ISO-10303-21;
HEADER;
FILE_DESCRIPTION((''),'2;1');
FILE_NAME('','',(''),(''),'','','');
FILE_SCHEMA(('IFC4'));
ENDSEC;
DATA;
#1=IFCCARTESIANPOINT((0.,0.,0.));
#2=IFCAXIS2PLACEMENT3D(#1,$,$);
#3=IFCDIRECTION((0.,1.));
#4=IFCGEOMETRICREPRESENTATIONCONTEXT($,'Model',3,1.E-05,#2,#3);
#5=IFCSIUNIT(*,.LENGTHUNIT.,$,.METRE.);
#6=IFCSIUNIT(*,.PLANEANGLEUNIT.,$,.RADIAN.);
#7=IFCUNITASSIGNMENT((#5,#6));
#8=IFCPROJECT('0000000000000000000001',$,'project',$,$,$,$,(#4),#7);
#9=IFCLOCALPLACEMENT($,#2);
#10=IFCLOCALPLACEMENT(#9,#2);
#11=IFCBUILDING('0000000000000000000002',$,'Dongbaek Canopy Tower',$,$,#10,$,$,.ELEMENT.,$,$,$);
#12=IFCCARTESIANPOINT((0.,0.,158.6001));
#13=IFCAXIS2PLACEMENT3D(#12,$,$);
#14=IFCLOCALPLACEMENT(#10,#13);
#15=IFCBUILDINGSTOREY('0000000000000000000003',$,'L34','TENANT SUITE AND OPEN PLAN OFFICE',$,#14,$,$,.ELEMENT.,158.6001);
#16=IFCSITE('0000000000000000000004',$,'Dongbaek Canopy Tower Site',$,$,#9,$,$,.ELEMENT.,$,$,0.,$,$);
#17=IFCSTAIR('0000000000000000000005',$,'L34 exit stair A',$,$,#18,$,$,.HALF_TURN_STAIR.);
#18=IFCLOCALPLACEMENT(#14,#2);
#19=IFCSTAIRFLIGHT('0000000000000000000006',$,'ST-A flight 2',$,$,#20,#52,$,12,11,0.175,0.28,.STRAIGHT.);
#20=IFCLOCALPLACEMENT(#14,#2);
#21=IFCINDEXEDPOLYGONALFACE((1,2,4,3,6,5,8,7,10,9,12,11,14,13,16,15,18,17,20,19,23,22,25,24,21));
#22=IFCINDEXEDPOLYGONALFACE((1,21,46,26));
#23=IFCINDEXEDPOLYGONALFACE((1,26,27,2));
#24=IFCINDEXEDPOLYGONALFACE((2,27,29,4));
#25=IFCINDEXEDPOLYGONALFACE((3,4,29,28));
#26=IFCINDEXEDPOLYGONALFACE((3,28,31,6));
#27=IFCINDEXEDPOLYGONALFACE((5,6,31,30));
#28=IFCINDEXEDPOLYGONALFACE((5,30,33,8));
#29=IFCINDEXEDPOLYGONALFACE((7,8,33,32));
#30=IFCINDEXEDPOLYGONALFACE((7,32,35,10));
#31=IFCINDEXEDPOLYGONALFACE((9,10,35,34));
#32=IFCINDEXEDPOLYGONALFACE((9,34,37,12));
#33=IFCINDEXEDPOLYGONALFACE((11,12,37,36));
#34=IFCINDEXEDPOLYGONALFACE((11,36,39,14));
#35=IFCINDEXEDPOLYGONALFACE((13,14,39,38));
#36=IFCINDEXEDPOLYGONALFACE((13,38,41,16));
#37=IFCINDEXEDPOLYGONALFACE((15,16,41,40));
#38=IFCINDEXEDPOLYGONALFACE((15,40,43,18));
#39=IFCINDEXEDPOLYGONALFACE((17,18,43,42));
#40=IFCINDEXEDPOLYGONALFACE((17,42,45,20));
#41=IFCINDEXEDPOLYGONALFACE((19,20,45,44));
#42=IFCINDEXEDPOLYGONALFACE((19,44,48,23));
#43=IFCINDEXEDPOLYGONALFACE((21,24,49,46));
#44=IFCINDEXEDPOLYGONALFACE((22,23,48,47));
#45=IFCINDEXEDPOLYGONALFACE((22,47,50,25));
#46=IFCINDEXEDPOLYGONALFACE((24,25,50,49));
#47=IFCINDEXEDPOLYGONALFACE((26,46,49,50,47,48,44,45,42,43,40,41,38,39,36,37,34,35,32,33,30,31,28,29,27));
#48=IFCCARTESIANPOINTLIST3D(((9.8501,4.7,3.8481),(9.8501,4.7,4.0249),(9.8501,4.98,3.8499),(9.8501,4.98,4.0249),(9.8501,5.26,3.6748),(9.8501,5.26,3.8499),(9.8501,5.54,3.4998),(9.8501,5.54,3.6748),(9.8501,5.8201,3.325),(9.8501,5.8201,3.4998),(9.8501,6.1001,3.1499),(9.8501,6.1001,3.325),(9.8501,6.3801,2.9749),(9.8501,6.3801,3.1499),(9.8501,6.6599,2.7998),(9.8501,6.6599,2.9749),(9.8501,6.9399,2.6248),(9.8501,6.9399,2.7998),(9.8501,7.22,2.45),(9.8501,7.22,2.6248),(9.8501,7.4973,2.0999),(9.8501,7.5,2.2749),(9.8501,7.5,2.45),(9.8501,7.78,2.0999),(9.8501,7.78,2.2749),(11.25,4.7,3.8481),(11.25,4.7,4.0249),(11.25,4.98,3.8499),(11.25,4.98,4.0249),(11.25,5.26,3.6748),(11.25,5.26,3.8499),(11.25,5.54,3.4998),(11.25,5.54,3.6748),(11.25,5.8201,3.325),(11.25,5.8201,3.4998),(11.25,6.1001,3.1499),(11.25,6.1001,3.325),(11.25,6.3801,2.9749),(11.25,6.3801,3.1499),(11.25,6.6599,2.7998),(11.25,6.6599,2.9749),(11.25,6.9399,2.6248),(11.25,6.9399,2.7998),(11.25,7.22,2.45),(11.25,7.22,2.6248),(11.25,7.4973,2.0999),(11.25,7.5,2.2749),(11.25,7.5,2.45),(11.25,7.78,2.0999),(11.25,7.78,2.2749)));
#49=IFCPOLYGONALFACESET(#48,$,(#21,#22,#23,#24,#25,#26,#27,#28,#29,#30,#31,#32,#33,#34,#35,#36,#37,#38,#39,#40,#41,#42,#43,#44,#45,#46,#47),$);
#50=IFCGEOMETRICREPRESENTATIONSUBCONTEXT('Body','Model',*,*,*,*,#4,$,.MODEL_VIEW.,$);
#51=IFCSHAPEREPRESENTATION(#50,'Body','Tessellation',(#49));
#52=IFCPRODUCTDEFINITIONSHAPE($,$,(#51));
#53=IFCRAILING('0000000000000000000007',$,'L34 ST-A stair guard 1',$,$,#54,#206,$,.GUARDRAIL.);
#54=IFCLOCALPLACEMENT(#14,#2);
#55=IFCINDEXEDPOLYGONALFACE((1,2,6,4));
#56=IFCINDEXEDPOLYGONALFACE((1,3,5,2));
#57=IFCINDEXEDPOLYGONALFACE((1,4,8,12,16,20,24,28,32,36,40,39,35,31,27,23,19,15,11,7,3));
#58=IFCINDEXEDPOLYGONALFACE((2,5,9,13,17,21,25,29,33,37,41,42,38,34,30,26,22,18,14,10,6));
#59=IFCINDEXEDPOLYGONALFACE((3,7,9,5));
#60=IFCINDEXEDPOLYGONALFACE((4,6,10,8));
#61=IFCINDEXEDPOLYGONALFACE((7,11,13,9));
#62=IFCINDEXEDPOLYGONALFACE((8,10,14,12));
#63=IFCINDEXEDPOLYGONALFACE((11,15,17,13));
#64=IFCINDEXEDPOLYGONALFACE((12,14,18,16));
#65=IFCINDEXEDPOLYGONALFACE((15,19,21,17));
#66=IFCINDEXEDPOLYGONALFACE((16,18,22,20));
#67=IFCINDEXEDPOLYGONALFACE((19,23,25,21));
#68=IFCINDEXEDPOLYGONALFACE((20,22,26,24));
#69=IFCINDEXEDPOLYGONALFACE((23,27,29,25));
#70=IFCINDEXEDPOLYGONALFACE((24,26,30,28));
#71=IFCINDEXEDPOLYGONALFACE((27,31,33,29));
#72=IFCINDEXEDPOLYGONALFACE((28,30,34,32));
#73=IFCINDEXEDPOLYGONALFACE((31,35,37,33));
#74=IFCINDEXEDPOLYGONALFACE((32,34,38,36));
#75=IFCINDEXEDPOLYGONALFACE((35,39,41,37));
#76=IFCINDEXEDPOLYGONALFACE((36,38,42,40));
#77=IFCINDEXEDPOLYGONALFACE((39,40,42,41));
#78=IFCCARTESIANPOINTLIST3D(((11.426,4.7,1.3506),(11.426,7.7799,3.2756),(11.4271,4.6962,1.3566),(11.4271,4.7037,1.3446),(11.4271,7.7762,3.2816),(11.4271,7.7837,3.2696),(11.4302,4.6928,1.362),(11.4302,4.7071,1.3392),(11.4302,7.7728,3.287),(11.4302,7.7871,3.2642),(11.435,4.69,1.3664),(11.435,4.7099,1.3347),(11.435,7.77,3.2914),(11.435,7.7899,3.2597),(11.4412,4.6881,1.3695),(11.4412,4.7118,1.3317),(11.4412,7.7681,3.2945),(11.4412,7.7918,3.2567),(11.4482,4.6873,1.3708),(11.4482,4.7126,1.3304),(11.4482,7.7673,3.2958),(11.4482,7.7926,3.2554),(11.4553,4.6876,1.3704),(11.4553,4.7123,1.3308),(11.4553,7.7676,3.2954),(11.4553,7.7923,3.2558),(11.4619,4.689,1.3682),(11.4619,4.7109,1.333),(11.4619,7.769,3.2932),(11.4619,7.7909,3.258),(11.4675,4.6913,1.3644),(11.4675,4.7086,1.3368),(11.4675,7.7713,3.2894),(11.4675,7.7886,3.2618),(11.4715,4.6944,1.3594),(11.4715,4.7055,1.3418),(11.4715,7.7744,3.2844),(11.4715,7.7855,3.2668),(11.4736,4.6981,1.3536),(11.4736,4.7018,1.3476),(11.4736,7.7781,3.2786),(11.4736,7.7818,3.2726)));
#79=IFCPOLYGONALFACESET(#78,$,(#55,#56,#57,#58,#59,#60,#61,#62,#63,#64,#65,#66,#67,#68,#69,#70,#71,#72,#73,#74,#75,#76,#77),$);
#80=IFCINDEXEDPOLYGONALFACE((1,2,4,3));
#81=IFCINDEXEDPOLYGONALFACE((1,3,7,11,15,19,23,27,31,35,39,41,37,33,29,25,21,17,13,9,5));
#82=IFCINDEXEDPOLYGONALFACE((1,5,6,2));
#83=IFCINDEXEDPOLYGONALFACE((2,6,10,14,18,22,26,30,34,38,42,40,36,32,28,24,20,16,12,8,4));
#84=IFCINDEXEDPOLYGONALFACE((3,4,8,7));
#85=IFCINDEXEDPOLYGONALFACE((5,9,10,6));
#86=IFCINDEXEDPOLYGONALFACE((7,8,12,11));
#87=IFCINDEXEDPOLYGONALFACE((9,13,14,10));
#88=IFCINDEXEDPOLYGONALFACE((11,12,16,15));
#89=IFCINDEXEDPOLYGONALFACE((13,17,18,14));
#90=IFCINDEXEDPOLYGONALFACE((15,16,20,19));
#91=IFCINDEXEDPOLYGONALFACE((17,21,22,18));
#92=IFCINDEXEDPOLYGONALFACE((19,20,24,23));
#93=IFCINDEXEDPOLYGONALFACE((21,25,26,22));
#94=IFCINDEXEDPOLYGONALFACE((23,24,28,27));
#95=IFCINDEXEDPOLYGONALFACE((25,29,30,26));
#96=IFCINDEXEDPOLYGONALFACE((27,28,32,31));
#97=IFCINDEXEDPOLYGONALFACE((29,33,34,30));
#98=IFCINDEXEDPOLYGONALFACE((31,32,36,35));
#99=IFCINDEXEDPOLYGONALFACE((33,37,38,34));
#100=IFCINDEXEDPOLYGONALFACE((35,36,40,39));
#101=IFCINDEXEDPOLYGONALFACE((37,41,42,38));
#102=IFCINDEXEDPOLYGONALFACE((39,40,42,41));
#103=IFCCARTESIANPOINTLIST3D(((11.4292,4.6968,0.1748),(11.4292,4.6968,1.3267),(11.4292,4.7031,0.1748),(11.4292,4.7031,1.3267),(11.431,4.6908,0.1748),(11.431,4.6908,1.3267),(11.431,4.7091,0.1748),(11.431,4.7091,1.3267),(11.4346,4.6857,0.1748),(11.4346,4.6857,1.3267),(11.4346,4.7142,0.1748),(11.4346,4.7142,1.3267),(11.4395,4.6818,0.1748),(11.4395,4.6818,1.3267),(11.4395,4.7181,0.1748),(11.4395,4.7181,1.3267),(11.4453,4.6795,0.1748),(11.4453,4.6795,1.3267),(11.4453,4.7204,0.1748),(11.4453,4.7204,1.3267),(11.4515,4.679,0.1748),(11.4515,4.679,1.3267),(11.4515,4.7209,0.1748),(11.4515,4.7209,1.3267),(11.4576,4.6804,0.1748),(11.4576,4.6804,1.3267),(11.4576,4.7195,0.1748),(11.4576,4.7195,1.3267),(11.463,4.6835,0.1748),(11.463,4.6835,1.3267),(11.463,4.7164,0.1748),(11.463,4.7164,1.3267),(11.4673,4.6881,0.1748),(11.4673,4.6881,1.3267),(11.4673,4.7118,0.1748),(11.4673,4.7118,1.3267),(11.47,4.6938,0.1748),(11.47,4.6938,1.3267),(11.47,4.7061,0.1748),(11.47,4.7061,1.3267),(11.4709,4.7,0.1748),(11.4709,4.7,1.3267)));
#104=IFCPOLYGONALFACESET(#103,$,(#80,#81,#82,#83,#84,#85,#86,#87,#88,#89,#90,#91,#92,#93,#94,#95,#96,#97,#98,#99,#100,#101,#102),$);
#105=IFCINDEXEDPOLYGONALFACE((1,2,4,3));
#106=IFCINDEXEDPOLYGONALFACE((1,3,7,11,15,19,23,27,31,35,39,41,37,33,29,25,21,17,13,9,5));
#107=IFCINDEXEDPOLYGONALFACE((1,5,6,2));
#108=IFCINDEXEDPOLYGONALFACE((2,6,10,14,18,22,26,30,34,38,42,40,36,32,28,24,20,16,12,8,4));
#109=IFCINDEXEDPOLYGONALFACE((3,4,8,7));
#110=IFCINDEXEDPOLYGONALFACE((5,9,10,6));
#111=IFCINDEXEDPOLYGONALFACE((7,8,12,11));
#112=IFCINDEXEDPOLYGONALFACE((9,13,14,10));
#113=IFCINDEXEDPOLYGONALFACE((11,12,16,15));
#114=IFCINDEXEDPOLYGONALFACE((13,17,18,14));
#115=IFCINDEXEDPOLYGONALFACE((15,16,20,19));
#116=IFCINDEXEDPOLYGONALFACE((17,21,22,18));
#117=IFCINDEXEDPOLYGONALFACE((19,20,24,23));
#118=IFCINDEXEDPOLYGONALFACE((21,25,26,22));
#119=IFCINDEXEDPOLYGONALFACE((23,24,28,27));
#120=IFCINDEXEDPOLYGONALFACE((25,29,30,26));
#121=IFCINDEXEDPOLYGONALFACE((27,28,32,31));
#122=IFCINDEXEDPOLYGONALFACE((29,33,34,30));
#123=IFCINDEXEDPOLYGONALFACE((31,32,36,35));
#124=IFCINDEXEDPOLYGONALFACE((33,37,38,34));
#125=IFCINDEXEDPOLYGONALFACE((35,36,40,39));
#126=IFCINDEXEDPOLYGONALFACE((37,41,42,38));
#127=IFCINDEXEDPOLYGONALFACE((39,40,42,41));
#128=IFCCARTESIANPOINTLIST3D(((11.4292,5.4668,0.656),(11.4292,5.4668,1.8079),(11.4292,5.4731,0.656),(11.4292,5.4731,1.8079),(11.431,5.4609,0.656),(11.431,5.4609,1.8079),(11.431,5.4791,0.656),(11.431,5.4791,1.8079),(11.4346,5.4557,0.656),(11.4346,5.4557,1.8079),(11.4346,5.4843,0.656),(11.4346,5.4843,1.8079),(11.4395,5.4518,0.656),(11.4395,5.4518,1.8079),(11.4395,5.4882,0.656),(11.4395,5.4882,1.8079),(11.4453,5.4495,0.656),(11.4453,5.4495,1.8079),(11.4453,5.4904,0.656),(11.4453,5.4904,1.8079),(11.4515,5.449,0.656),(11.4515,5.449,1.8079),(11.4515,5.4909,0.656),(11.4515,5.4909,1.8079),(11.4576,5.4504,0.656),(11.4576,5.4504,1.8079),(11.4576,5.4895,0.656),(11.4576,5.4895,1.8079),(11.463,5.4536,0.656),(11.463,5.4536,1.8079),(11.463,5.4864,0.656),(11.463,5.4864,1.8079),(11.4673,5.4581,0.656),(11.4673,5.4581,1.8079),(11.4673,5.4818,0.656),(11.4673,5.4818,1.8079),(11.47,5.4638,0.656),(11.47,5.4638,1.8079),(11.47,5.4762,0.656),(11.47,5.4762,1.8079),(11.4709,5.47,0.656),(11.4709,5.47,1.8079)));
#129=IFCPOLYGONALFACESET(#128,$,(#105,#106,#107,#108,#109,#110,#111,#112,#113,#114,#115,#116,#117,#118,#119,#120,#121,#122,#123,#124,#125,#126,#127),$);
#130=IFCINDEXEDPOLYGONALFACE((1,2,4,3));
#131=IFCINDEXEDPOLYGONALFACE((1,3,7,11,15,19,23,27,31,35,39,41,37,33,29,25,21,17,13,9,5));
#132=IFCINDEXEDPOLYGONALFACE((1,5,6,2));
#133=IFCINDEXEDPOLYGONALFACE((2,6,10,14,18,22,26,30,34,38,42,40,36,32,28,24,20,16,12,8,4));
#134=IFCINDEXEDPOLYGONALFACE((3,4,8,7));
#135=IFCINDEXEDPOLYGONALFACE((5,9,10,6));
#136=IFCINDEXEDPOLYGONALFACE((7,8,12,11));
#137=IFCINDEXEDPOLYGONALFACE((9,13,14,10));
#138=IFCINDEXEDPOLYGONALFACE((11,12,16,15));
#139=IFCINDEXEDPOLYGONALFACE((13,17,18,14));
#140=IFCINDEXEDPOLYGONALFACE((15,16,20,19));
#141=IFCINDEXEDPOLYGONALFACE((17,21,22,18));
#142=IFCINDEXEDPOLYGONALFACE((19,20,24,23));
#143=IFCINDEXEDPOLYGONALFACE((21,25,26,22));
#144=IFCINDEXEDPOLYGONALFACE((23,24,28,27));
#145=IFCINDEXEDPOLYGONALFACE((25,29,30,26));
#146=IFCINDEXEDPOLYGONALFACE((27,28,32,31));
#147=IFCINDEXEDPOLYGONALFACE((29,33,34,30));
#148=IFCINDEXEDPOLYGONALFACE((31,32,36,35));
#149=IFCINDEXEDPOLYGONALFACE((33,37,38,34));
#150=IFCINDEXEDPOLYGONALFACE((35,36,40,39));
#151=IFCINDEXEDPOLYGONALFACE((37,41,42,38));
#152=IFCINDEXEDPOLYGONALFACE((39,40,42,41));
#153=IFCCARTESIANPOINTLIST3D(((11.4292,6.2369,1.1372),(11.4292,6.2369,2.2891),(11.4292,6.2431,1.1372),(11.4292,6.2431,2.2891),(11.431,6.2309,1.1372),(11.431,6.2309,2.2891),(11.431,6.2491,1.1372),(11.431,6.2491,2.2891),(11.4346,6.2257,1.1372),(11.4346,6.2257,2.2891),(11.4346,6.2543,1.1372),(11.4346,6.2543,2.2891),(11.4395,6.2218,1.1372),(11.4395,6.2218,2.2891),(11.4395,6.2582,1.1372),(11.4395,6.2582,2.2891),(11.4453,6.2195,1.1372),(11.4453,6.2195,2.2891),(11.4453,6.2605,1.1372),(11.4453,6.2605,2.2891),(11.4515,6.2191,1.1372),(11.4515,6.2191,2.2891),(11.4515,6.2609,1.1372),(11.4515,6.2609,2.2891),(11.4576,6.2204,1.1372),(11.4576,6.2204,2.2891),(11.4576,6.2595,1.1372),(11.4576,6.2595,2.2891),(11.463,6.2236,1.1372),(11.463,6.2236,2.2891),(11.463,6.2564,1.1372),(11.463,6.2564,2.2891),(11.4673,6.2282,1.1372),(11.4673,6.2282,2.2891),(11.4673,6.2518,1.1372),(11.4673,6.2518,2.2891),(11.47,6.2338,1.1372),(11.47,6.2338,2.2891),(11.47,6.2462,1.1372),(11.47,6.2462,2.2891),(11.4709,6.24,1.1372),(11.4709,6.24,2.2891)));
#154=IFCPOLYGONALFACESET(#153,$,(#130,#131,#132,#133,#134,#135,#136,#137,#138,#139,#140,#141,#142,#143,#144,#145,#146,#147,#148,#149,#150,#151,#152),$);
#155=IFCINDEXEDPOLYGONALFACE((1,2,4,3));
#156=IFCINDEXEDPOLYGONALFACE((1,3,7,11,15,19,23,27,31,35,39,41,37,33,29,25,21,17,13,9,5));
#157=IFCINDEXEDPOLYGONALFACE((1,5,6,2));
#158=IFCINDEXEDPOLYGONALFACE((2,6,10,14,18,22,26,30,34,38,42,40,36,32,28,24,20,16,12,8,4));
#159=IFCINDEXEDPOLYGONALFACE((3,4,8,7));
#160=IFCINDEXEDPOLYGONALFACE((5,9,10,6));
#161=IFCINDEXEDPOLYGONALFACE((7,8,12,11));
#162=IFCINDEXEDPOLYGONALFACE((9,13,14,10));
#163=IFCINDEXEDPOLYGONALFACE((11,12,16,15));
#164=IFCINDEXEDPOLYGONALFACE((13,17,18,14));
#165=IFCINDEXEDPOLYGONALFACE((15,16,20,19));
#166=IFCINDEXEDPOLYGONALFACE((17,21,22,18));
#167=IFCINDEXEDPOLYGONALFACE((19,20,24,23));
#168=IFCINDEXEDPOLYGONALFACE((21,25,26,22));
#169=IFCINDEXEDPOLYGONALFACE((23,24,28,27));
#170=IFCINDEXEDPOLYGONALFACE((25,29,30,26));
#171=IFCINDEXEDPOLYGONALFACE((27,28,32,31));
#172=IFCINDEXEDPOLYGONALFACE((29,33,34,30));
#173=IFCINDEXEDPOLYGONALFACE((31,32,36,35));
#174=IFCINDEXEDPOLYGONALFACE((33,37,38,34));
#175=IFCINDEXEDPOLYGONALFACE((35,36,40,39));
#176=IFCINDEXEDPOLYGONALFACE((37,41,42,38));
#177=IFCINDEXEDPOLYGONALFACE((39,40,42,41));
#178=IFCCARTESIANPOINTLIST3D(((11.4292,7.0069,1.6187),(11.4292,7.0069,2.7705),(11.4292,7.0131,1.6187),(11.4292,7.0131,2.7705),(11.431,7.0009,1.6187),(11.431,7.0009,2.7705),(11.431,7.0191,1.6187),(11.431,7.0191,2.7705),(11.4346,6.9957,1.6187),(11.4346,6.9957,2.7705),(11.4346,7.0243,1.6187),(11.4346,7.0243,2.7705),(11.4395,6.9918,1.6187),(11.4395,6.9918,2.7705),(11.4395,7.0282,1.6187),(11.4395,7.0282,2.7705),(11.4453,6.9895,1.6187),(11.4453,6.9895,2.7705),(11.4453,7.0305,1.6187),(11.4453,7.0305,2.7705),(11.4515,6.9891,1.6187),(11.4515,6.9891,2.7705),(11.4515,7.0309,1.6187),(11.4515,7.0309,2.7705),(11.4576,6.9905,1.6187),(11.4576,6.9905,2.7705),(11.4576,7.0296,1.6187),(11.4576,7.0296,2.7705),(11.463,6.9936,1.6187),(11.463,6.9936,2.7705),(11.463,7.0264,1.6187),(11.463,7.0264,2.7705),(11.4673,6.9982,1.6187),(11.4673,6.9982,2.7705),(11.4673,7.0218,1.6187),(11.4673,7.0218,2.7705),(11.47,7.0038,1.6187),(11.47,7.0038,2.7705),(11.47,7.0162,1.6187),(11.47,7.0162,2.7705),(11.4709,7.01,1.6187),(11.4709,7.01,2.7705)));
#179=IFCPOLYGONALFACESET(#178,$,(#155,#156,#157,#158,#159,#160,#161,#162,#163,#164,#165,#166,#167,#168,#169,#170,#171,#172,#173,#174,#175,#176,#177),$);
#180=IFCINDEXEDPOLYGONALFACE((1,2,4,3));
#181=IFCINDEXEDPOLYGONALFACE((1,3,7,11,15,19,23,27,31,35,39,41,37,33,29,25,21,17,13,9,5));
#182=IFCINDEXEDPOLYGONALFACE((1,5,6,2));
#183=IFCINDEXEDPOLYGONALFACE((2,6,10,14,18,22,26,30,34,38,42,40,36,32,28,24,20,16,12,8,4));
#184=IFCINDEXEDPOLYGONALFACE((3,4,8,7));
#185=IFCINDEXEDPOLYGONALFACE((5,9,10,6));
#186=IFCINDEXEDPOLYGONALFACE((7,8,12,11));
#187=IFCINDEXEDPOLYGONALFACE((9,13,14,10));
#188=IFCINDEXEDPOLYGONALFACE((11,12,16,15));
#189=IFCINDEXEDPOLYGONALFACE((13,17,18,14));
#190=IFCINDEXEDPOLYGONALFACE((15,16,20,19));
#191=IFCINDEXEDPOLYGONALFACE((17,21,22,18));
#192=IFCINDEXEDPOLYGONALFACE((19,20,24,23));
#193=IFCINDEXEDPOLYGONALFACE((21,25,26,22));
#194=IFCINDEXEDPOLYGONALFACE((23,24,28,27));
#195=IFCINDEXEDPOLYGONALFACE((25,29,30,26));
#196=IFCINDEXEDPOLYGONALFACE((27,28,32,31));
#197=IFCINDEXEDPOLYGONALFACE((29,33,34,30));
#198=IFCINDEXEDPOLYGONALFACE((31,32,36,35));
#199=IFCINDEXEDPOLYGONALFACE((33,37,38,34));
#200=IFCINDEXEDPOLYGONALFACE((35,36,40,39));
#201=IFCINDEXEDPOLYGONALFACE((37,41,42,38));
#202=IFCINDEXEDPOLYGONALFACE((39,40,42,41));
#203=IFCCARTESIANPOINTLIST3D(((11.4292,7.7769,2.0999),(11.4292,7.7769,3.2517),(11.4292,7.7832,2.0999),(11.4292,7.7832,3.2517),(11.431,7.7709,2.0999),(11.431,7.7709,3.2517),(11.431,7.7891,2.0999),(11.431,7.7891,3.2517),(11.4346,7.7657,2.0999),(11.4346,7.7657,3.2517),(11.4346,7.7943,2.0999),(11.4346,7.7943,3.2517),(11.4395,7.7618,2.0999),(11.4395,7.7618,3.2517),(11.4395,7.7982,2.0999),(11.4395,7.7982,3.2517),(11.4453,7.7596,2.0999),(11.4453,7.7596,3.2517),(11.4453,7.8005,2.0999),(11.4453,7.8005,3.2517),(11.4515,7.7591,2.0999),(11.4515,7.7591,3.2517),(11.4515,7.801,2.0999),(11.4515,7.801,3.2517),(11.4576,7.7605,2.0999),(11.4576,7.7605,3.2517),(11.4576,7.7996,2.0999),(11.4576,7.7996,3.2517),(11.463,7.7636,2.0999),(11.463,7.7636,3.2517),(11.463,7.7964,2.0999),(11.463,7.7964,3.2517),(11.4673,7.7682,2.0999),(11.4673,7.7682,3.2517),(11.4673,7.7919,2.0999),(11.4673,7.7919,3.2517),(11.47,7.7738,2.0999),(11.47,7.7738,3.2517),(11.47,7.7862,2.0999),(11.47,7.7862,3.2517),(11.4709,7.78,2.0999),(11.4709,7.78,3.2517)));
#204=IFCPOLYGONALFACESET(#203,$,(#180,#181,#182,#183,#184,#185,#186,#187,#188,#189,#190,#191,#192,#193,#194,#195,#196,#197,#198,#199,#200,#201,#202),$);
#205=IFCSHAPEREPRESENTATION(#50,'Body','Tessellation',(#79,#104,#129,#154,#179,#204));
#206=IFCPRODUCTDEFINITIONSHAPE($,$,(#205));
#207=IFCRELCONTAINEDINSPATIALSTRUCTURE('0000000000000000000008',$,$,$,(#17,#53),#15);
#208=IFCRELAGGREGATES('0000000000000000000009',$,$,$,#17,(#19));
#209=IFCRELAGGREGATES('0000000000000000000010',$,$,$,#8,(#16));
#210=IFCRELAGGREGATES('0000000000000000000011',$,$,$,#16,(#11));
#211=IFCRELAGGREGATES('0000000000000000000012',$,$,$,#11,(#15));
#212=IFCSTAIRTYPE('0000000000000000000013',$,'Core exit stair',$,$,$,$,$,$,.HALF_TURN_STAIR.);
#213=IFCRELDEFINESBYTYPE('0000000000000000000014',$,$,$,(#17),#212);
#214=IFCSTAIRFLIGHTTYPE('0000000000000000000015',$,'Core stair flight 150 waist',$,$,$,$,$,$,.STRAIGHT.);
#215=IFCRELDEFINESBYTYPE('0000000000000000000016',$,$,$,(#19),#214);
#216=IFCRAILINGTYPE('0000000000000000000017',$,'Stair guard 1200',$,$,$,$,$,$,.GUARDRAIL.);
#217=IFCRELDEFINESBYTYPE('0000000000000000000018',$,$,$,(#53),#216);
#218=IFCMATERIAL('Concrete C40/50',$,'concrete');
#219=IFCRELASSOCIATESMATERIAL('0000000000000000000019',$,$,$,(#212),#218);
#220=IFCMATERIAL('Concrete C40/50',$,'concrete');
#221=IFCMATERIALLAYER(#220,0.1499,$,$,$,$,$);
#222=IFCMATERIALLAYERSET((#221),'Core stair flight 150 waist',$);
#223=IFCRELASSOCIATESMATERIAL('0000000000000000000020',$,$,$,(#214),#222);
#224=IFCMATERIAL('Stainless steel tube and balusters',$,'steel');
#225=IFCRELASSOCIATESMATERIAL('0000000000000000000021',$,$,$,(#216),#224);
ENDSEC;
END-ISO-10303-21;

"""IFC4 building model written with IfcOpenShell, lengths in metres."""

from ifc_helpers import new_model, si_unit, direction, frame, origin, origin_2d, place, context, subcontext, project, spatial, polyline, circle, outline, extrude, material, layer, layer_set, type_object, element, aggregate, save


model = new_model("IFC4")

# Units and contexts
model_context = context("Model", 3, precision=1e-05, world=origin(), true_north=direction((0.0, 1.0)))
body_context = subcontext(model_context, "Body", "Model", "MODEL_VIEW")
ifc_project = project(units=[si_unit("LENGTHUNIT", "METRE"), si_unit("PLANEANGLEUNIT", "RADIAN")], contexts=[model_context])

# Site, building, storey
site_placement = place(None, origin())
site = spatial("IfcSite", under=ifc_project, at=site_placement, Name="Dongbaek Canopy Tower Site", CompositionType="ELEMENT", RefElevation=0.0)
building_placement = place(site_placement, origin())
building = spatial("IfcBuilding", under=site, at=building_placement, Name="Dongbaek Canopy Tower", CompositionType="ELEMENT")
storey_placement = place(building_placement, frame((0.0, 0.0, 158.6001)))
storey = spatial("IfcBuildingStorey", under=building, at=storey_placement, Name="L34", Description="TENANT SUITE AND OPEN PLAN OFFICE", CompositionType="ELEMENT", Elevation=158.6001)

# Shared definitions
ifc_material_1 = material(Name="Concrete C40/50", Category="concrete")
stair_type = type_object("IfcStairType", Name="Core exit stair", PredefinedType="HALF_TURN_STAIR", material=ifc_material_1)

# Stair, stair flight
stair_1_placement = place(storey_placement, origin())
stair_1 = element("IfcStair", 1, at=stair_1_placement, inside=storey, type_object=stair_type, Name="L34 exit stair A", PredefinedType="HALF_TURN_STAIR")
ifc_material_2 = material(Name="Concrete C40/50", Category="concrete")
ifc_layer_1 = layer(ifc_material_2, 0.1499)
ifc_layer_set_1 = layer_set([ifc_layer_1], Name="Core stair flight 150 waist")
stair_flight_type = type_object("IfcStairFlightType", Name="Core stair flight 150 waist", PredefinedType="STRAIGHT", material=ifc_layer_set_1)
stair_flight_placement = place(storey_placement, frame((10.55, 7.78, 2.0999), z_axis=(0.0, 0.0, 1.0), x_axis=(0.0, -1.0, 0.0)))
stair_flight = element("IfcStairFlight", 2, at=stair_flight_placement, type_object=stair_flight_type, Name="ST-A flight 2", NumberOfRisers=12, NumberOfTreads=11, PredefinedType="STRAIGHT", RiserHeight=0.175, TreadLength=0.28, context=body_context, shape_type="SweptSolid", body=[
    extrude(outline(polyline([(0.0, 0.0), (0.0, 0.175), (0.28, 0.175), (0.28, 0.3501), (0.5601, 0.3501), (0.5601, 0.5249), (0.8401, 0.5249), (0.8401, 0.7), (1.1201, 0.7), (1.1201, 0.875), (1.3999, 0.875), (1.3999, 1.05), (1.6799, 1.05), (1.6799, 1.2251), (1.96, 1.2251), (1.96, 1.3999), (2.24, 1.3999), (2.24, 1.575), (2.52, 1.575), (2.52, 1.75), (2.8, 1.75), (2.8, 1.925), (3.0801, 1.925), (3.0801, 2.1001), (3.0801, 1.7483), (0.2827, 0.0), (0.0, 0.0)])), frame((0.0, 0.7, 0.0), z_axis=(0.0, -1.0, 0.0), x_axis=(1.0, 0.0, 0.0)), (0.0, 0.0, 1.0), 1.3999),
])
aggregate(stair_1, [stair_flight])

# Railing
ifc_material_3 = material(Name="Stainless steel tube and balusters", Category="steel")
railing_type_1 = type_object("IfcRailingType", Name="Stair guard 1200", PredefinedType="GUARDRAIL", material=ifc_material_3)
railing_1_placement = place(storey_placement, frame((11.45, 4.7, 0.1748)))
element("IfcRailing", 3, at=railing_1_placement, inside=storey, type_object=railing_type_1, Name="L34 ST-A stair guard 1", PredefinedType="GUARDRAIL", context=body_context, shape_type="SweptSolid", body=[
    extrude(circle(Radius=0.0239, at=origin_2d()), frame((0.0, 0.0, 1.1758), z_axis=(0.0, 0.847998, 0.529999), x_axis=(-1.0, 0.0, 0.0)), (0.0, 0.0, 1.0), 3.6321),
    extrude(circle(Radius=0.021, at=origin_2d()), origin(), (0.0, 0.0, 1.0), 1.1519),
    extrude(circle(Radius=0.021, at=origin_2d()), frame((0.0, 0.77, 0.4812)), (0.0, 0.0, 1.0), 1.1519),
    extrude(circle(Radius=0.021, at=origin_2d()), frame((0.0, 1.54, 0.9624)), (0.0, 0.0, 1.0), 1.1519),
    extrude(circle(Radius=0.021, at=origin_2d()), frame((0.0, 2.3101, 1.4438)), (0.0, 0.0, 1.0), 1.1519),
    extrude(circle(Radius=0.021, at=origin_2d()), frame((0.0, 3.0801, 1.925)), (0.0, 0.0, 1.0), 1.1519),
])

save(model, "model.ifc")
